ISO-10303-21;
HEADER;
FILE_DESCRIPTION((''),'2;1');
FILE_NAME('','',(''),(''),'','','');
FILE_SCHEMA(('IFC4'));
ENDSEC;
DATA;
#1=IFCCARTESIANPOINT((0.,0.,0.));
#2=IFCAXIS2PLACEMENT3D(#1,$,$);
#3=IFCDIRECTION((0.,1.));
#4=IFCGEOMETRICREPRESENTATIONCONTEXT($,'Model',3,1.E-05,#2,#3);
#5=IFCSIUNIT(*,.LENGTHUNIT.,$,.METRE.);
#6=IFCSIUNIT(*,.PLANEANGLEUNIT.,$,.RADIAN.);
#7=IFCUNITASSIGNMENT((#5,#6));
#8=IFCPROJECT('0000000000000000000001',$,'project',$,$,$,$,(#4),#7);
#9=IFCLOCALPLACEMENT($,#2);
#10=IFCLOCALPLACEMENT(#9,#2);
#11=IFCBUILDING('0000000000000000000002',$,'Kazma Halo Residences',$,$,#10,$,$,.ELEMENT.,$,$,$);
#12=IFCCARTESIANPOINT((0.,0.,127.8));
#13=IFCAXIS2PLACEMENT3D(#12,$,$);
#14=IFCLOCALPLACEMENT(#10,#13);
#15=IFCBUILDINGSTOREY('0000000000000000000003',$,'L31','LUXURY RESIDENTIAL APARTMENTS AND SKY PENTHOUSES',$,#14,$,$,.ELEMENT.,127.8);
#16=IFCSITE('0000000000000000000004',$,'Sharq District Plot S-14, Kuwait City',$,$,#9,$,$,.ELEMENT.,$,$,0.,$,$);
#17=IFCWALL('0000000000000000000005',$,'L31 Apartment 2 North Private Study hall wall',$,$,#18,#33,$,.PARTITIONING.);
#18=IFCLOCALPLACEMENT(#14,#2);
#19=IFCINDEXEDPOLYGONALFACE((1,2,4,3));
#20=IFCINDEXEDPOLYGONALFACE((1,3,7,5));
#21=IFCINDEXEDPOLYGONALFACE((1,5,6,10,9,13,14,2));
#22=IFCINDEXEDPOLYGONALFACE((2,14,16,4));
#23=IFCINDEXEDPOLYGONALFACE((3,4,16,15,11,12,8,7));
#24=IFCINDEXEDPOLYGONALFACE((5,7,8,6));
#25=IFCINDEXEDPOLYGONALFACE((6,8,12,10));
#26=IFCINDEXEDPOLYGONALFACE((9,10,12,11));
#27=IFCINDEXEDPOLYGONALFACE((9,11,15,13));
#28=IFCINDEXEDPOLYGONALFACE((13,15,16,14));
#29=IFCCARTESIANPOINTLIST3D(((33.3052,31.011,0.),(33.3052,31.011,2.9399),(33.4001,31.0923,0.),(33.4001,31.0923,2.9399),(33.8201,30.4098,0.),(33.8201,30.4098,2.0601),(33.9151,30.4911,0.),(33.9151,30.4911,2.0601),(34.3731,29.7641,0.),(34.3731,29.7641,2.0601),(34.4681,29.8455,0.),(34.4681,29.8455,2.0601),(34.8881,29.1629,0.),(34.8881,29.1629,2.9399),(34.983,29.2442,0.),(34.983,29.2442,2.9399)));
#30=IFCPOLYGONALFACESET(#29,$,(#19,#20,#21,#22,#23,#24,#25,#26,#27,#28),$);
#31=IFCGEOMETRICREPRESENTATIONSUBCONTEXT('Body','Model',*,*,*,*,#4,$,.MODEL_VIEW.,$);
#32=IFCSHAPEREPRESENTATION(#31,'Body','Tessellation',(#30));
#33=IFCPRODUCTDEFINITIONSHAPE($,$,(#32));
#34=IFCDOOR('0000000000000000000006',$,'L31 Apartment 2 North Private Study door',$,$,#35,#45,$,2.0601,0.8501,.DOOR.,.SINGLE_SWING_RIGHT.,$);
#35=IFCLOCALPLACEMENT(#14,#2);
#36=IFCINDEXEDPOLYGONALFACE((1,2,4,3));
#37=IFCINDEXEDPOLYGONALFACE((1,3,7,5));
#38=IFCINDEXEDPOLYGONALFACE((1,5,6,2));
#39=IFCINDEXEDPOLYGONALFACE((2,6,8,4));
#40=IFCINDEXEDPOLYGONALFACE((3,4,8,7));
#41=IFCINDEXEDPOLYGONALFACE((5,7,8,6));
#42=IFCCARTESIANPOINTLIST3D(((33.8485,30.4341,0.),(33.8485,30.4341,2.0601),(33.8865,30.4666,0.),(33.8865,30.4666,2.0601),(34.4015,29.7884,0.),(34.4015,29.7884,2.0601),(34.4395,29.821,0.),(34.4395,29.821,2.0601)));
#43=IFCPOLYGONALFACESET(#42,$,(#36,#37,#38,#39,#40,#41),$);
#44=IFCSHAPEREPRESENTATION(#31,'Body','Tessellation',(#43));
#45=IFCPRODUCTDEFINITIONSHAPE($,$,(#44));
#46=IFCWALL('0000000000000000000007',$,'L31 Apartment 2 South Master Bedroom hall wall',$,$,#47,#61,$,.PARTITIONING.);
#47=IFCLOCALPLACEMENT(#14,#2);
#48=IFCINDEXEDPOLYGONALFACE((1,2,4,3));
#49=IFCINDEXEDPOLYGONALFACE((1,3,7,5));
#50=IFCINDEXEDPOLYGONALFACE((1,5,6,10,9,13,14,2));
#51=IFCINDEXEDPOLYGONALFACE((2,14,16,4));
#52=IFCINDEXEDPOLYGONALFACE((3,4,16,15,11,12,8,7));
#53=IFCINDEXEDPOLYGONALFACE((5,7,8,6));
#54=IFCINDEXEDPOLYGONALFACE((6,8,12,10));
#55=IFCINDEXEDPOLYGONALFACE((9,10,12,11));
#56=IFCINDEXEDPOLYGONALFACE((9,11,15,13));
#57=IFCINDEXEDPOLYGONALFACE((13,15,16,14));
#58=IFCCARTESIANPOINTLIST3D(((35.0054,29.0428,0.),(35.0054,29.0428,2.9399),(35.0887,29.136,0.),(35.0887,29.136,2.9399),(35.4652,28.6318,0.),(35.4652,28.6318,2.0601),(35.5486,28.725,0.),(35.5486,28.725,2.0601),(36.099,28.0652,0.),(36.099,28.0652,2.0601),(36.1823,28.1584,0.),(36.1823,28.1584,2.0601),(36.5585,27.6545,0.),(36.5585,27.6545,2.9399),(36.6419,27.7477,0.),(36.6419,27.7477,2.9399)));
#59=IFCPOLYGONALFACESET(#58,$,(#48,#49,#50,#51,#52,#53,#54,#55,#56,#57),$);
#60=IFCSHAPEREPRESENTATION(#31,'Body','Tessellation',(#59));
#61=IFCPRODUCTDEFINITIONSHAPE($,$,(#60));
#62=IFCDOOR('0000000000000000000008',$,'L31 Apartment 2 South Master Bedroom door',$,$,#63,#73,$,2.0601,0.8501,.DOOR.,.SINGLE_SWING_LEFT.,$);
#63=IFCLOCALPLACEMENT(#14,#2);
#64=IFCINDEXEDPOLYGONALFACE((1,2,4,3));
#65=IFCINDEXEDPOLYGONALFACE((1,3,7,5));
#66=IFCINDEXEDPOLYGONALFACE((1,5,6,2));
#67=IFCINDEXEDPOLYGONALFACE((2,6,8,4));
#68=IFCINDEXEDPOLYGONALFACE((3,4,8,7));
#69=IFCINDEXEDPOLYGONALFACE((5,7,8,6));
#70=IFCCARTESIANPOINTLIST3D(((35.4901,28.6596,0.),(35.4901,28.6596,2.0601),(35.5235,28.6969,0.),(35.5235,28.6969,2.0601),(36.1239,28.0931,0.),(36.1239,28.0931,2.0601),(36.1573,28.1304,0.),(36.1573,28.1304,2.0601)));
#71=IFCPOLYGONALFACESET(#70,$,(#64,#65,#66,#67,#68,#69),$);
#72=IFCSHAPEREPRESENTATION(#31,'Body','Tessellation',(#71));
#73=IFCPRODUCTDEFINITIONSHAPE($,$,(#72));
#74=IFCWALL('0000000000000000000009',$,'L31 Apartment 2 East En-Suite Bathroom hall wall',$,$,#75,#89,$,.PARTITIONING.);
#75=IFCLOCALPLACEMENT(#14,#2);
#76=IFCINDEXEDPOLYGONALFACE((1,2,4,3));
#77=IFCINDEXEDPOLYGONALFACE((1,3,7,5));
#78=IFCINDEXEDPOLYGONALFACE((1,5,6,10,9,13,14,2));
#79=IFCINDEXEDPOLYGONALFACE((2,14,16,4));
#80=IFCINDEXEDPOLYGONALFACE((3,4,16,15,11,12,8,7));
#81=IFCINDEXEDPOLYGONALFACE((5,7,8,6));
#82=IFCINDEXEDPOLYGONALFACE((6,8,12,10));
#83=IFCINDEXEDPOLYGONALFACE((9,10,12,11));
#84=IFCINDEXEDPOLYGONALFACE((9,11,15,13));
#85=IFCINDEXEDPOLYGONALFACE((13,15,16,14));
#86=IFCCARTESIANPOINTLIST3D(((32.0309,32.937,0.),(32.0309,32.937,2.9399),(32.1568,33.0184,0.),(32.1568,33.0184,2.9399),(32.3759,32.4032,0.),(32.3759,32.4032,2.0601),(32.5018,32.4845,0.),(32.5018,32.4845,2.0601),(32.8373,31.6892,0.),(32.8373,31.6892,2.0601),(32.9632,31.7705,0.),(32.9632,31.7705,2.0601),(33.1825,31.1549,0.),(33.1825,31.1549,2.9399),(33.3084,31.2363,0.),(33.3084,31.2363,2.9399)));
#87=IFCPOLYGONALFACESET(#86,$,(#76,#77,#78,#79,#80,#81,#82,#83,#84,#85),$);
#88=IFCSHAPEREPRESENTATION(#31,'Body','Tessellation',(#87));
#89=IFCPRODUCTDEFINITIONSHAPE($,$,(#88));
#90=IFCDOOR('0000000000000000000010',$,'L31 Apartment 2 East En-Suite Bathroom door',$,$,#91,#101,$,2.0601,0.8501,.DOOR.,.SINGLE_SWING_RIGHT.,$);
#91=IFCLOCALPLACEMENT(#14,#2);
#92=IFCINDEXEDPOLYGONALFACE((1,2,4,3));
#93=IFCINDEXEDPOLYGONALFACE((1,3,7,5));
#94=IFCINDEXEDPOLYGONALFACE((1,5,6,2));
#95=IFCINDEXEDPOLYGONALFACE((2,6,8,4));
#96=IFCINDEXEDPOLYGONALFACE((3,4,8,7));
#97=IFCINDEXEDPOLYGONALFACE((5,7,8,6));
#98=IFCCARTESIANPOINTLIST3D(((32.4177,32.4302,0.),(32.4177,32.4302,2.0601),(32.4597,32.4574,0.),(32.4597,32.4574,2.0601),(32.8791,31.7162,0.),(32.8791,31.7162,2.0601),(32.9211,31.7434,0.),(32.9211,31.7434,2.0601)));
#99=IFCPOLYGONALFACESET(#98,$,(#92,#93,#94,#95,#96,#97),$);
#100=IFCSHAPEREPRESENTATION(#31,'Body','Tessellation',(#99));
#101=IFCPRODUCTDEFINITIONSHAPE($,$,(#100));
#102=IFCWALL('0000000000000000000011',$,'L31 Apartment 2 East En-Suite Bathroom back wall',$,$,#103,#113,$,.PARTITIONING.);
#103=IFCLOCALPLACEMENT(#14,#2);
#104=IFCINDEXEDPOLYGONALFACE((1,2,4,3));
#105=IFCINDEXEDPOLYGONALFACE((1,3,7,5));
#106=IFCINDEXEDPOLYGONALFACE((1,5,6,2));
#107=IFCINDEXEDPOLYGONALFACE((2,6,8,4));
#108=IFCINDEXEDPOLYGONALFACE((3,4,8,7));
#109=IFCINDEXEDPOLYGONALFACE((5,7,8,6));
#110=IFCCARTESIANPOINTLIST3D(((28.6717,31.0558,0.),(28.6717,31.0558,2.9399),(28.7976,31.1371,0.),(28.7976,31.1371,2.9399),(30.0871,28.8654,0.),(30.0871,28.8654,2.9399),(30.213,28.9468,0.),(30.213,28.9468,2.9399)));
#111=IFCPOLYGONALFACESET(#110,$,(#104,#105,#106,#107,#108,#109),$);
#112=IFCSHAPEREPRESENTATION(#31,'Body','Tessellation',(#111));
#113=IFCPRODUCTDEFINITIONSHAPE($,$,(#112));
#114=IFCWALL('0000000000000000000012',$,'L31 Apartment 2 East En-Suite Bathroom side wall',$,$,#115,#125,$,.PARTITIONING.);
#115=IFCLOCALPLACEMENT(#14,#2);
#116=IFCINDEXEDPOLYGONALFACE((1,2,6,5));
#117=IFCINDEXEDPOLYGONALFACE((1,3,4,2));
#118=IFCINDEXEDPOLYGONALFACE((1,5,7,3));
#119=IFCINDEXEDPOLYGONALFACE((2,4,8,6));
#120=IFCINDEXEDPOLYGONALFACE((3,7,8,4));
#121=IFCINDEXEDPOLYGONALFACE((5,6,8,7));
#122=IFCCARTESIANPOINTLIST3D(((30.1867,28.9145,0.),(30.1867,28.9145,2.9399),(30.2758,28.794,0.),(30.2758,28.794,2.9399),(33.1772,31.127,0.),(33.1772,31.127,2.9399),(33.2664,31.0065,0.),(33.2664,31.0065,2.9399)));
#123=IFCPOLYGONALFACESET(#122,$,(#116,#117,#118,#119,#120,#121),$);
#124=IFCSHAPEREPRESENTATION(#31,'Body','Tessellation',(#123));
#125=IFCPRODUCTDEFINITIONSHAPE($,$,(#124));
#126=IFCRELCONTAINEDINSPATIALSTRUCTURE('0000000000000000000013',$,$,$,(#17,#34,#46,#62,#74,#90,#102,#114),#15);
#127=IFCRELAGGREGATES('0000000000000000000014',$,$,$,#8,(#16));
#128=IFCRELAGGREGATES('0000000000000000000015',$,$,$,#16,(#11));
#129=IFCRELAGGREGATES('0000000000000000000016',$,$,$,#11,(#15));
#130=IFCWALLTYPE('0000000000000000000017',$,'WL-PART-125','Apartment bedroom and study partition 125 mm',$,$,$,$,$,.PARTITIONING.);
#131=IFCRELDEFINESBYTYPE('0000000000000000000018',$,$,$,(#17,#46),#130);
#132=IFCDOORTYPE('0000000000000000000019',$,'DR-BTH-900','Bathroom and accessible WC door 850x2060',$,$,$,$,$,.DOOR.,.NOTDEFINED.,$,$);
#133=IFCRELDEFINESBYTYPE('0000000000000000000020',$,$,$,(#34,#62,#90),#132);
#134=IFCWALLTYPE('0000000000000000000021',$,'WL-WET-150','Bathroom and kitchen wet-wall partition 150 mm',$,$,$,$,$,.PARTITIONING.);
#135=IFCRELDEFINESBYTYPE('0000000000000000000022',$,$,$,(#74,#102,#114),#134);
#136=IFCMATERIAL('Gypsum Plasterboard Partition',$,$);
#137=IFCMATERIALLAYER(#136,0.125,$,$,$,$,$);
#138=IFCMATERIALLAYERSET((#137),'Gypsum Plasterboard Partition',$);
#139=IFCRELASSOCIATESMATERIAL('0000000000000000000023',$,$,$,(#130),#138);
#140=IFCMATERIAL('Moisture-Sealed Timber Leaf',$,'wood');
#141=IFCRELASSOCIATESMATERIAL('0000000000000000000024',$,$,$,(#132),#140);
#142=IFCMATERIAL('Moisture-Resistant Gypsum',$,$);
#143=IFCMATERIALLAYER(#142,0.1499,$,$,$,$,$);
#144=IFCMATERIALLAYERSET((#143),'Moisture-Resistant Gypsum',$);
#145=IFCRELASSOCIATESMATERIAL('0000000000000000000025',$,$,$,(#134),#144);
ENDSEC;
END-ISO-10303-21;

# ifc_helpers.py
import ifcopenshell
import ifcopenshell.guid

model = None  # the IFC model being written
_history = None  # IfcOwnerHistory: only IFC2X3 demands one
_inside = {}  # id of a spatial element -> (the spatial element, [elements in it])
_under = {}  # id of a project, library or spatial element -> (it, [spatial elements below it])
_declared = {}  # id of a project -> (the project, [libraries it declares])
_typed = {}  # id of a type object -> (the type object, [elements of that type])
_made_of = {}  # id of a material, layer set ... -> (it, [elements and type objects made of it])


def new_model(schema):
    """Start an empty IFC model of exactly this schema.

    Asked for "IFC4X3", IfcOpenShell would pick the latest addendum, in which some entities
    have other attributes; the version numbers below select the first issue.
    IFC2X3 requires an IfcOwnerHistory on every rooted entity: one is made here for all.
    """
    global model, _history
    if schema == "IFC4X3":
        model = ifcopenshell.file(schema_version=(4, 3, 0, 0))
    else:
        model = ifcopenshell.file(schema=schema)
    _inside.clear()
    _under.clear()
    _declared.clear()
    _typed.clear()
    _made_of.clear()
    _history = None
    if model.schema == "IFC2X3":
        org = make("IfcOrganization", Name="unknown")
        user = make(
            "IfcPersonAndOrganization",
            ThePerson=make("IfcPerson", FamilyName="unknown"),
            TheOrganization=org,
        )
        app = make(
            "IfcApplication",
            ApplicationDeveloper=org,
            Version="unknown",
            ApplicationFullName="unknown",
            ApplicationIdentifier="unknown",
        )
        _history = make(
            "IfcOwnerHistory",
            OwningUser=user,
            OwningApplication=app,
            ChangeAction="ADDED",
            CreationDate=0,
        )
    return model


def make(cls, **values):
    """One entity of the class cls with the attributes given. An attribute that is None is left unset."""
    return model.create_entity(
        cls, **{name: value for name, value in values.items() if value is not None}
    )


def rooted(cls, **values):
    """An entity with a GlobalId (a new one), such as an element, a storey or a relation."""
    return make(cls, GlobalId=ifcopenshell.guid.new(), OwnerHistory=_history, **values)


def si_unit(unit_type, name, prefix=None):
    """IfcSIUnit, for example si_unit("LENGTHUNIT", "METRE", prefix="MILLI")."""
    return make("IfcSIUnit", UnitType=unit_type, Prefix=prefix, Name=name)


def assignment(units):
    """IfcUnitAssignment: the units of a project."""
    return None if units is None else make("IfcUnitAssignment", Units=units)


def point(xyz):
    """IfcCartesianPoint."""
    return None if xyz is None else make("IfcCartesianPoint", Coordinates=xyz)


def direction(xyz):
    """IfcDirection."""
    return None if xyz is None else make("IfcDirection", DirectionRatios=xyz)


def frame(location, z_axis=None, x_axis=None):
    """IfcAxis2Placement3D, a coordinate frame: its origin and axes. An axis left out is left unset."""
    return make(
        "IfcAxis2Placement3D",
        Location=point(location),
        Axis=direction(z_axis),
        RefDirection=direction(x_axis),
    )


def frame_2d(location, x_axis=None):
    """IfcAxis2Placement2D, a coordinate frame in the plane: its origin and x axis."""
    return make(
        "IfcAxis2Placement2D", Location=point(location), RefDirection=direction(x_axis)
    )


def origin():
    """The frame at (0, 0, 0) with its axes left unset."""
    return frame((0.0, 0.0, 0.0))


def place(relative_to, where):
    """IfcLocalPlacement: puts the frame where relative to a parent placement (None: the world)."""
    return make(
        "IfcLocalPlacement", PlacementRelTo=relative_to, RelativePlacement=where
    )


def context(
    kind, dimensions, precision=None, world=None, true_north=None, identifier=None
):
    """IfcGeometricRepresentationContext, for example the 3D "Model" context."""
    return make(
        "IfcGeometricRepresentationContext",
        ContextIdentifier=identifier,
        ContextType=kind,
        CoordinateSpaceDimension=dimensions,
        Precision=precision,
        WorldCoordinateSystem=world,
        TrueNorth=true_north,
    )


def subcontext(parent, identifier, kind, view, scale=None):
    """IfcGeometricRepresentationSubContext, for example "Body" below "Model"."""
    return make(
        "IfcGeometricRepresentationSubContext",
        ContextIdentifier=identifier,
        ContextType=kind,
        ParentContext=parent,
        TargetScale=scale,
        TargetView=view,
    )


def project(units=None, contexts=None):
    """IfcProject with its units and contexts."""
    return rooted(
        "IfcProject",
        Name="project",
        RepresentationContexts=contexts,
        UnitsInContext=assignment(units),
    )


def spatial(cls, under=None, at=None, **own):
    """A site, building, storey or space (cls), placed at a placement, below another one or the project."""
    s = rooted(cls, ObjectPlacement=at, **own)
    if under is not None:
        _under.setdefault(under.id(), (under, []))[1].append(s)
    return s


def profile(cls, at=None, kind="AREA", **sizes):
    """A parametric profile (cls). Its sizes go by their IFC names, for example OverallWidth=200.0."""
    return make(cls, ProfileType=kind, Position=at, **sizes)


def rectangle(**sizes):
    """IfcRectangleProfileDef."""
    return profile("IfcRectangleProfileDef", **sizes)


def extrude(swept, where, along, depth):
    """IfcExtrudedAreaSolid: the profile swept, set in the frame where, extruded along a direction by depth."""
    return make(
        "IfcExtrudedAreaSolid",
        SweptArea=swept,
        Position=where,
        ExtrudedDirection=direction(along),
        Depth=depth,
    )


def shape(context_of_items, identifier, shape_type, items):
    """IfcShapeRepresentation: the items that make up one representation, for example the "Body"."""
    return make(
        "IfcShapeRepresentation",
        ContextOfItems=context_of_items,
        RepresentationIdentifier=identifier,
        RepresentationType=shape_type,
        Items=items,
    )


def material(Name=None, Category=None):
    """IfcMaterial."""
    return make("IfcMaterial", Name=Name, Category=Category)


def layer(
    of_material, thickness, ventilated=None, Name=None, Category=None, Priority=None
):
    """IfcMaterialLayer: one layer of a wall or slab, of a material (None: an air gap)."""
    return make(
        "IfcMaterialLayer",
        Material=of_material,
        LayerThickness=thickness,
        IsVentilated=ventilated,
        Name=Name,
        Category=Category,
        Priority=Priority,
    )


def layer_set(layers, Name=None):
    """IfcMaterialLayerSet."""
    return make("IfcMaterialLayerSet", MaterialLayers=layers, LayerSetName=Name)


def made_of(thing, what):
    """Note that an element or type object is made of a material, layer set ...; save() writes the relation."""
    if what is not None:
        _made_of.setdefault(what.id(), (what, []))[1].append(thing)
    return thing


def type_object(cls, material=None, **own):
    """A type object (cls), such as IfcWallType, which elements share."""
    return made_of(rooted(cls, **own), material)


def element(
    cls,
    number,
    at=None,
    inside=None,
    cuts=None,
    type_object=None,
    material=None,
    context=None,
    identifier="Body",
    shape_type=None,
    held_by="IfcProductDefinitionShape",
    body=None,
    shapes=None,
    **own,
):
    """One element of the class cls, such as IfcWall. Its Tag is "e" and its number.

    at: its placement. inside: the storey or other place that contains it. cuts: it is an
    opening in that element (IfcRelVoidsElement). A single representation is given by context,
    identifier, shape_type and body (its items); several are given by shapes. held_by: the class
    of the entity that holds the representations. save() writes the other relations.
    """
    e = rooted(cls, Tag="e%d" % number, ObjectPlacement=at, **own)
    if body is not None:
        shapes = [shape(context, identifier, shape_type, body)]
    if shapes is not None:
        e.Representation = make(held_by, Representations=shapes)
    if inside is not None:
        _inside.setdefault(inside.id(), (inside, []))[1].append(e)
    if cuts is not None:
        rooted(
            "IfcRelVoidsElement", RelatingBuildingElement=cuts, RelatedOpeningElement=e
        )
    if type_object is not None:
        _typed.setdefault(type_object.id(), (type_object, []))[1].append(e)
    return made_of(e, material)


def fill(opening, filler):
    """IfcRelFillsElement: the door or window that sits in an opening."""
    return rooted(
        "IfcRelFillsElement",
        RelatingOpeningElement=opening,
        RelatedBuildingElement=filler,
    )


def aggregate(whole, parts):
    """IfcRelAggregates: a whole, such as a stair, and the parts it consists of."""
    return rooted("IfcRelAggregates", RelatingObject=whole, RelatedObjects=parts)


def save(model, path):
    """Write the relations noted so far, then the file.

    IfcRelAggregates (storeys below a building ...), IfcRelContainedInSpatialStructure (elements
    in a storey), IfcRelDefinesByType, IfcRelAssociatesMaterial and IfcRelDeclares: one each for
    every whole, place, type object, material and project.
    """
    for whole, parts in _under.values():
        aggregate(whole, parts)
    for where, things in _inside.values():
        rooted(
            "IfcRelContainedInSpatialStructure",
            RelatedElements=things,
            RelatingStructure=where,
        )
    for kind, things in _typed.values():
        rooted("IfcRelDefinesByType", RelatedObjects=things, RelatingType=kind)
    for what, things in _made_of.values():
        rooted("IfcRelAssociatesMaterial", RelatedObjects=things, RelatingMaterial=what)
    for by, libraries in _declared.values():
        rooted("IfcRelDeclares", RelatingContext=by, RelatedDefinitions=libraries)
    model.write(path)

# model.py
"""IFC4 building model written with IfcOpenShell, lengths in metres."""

from ifc_helpers import new_model, si_unit, direction, frame, frame_2d, origin, place, context, subcontext, project, spatial, rectangle, extrude, material, layer, layer_set, type_object, element, fill, save


model = new_model("IFC4")

# Units and contexts
model_context = context("Model", 3, precision=1e-05, world=origin(), true_north=direction((0.0, 1.0)))
body_context = subcontext(model_context, "Body", "Model", "MODEL_VIEW")
ifc_project = project(units=[si_unit("LENGTHUNIT", "METRE"), si_unit("PLANEANGLEUNIT", "RADIAN")], contexts=[model_context])

# Site, building, storey
site_placement = place(None, origin())
site = spatial("IfcSite", under=ifc_project, at=site_placement, Name="Sharq District Plot S-14, Kuwait City", CompositionType="ELEMENT", RefElevation=0.0)
building_placement = place(site_placement, origin())
building = spatial("IfcBuilding", under=site, at=building_placement, Name="Kazma Halo Residences", CompositionType="ELEMENT")
storey_placement = place(building_placement, frame((0.0, 0.0, 127.8)))
storey = spatial("IfcBuildingStorey", under=building, at=storey_placement, Name="L31", Description="LUXURY RESIDENTIAL APARTMENTS AND SKY PENTHOUSES", CompositionType="ELEMENT", Elevation=127.8)

# Shared definitions
ifc_material_1 = material(Name="Gypsum Plasterboard Partition")
ifc_layer_1 = layer(ifc_material_1, 0.125)
ifc_layer_set_1 = layer_set([ifc_layer_1], Name="Gypsum Plasterboard Partition")
wall_type_1 = type_object("IfcWallType", Name="WL-PART-125", Description="Apartment bedroom and study partition 125 mm", PredefinedType="PARTITIONING", material=ifc_layer_set_1)

# Walls, openings, doors
wall_1_placement = place(storey_placement, frame((33.3525, 31.0518, 0.0), z_axis=(0.0, 0.0, 1.0), x_axis=(0.650527, -0.759483, 0.0)))
wall_1 = element("IfcWall", 1, at=wall_1_placement, inside=storey, type_object=wall_type_1, Name="L31 Apartment 2 North Private Study hall wall", PredefinedType="PARTITIONING", context=body_context, shape_type="SweptSolid", body=[
    extrude(rectangle(XDim=2.4333, YDim=0.125, at=frame_2d((1.2168, 0.0))), origin(), (0.0, 0.0, 1.0), 2.9399),
])
opening_1_placement = place(wall_1_placement, frame((0.7917, 0.0, 0.0)))
opening_1 = element("IfcOpeningElement", 2, at=opening_1_placement, cuts=wall_1, PredefinedType="OPENING", context=body_context, shape_type="SweptSolid", body=[
    extrude(rectangle(XDim=0.8501, YDim=2.0601, at=frame_2d((0.425, 1.03))), frame((0.0, 0.0725, 0.0), z_axis=(0.0, -1.0, 0.0), x_axis=(1.0, 0.0, 0.0)), (0.0, 0.0, 1.0), 0.145),
])
ifc_material_2 = material(Name="Moisture-Sealed Timber Leaf", Category="wood")
door_type_1 = type_object("IfcDoorType", Name="DR-BTH-900", Description="Bathroom and accessible WC door 850x2060", OperationType="NOTDEFINED", PredefinedType="DOOR", material=ifc_material_2)
door_1_placement = place(opening_1_placement, origin())
door_1 = element("IfcDoor", 3, at=door_1_placement, inside=storey, type_object=door_type_1, Name="L31 Apartment 2 North Private Study door", OperationType="SINGLE_SWING_RIGHT", OverallHeight=2.0601, OverallWidth=0.8501, PredefinedType="DOOR", context=body_context, shape_type="SweptSolid", body=[
    extrude(rectangle(XDim=0.8501, YDim=2.0601, at=frame_2d((0.425, 1.03))), frame((0.0, 0.0249, 0.0), z_axis=(0.0, -1.0, 0.0), x_axis=(1.0, 0.0, 0.0)), (0.0, 0.0, 1.0), 0.05),
])
fill(opening_1, door_1)
wall_2_placement = place(storey_placement, frame((35.0471, 29.0894, 0.0), z_axis=(0.0, 0.0, 1.0), x_axis=(0.745551, -0.666449, 0.0)))
wall_2 = element("IfcWall", 4, at=wall_2_placement, inside=storey, type_object=wall_type_1, Name="L31 Apartment 2 South Master Bedroom hall wall", PredefinedType="PARTITIONING", context=body_context, shape_type="SweptSolid", body=[
    extrude(rectangle(XDim=2.0833, YDim=0.125, at=frame_2d((1.0415, 0.0))), origin(), (0.0, 0.0, 1.0), 2.9399),
])
opening_2_placement = place(wall_2_placement, frame((0.6167, 0.0, 0.0)))
opening_2 = element("IfcOpeningElement", 5, at=opening_2_placement, cuts=wall_2, PredefinedType="OPENING", context=body_context, shape_type="SweptSolid", body=[
    extrude(rectangle(XDim=0.8501, YDim=2.0601, at=frame_2d((0.425, 1.03))), frame((0.0, 0.0725, 0.0), z_axis=(0.0, -1.0, 0.0), x_axis=(1.0, 0.0, 0.0)), (0.0, 0.0, 1.0), 0.145),
])
door_2_placement = place(opening_2_placement, origin())
door_2 = element("IfcDoor", 6, at=door_2_placement, inside=storey, type_object=door_type_1, Name="L31 Apartment 2 South Master Bedroom door", OperationType="SINGLE_SWING_LEFT", OverallHeight=2.0601, OverallWidth=0.8501, PredefinedType="DOOR", context=body_context, shape_type="SweptSolid", body=[
    extrude(rectangle(XDim=0.8501, YDim=2.0601, at=frame_2d((0.425, 1.03))), frame((0.0, 0.0249, 0.0), z_axis=(0.0, -1.0, 0.0), x_axis=(1.0, 0.0, 0.0)), (0.0, 0.0, 1.0), 0.05),
])
fill(opening_2, door_2)
ifc_material_3 = material(Name="Moisture-Resistant Gypsum")
ifc_layer_2 = layer(ifc_material_3, 0.1499)
ifc_layer_set_2 = layer_set([ifc_layer_2], Name="Moisture-Resistant Gypsum")
wall_type_2 = type_object("IfcWallType", Name="WL-WET-150", Description="Bathroom and kitchen wet-wall partition 150 mm", PredefinedType="PARTITIONING", material=ifc_layer_set_2)
wall_3_placement = place(storey_placement, frame((32.0938, 32.9778, 0.0), z_axis=(0.0, 0.0, 1.0), x_axis=(0.542774, -0.839879, 0.0)))
wall_3 = element("IfcWall", 7, at=wall_3_placement, inside=storey, type_object=wall_type_2, Name="L31 Apartment 2 East En-Suite Bathroom hall wall", PredefinedType="PARTITIONING", context=body_context, shape_type="SweptSolid", body=[
    extrude(rectangle(XDim=2.1218, YDim=0.1499, at=frame_2d((1.061, 0.0))), origin(), (0.0, 0.0, 1.0), 2.9399),
])
opening_3_placement = place(wall_3_placement, frame((0.6357, 0.0, 0.0)))
opening_3 = element("IfcOpeningElement", 8, at=opening_3_placement, cuts=wall_3, PredefinedType="OPENING", context=body_context, shape_type="SweptSolid", body=[
    extrude(rectangle(XDim=0.8501, YDim=2.0601, at=frame_2d((0.425, 1.03))), frame((0.0, 0.085, 0.0), z_axis=(0.0, -1.0, 0.0), x_axis=(1.0, 0.0, 0.0)), (0.0, 0.0, 1.0), 0.1699),
])
door_3_placement = place(opening_3_placement, origin())
door_3 = element("IfcDoor", 9, at=door_3_placement, inside=storey, type_object=door_type_1, Name="L31 Apartment 2 East En-Suite Bathroom door", OperationType="SINGLE_SWING_RIGHT", OverallHeight=2.0601, OverallWidth=0.8501, PredefinedType="DOOR", context=body_context, shape_type="SweptSolid", body=[
    extrude(rectangle(XDim=0.8501, YDim=2.0601, at=frame_2d((0.425, 1.03))), frame((0.0, 0.0249, 0.0), z_axis=(0.0, -1.0, 0.0), x_axis=(1.0, 0.0, 0.0)), (0.0, 0.0, 1.0), 0.05),
])
fill(opening_3, door_3)

# Walls
wall_4_placement = place(storey_placement, frame((28.7346, 31.0964, 0.0), z_axis=(0.0, 0.0, 1.0), x_axis=(0.542762, -0.839886, 0.0)))
element("IfcWall", 10, at=wall_4_placement, inside=storey, type_object=wall_type_2, Name="L31 Apartment 2 East En-Suite Bathroom back wall", PredefinedType="PARTITIONING", context=body_context, shape_type="SweptSolid", body=[
    extrude(rectangle(XDim=2.6079, YDim=0.1499, at=frame_2d((1.304, 0.0))), origin(), (0.0, 0.0, 1.0), 2.9399),
])
wall_5_placement = place(storey_placement, frame((33.2217, 31.0667, 0.0), z_axis=(0.0, 0.0, 1.0), x_axis=(-0.803913, -0.594747, 0.0)))
element("IfcWall", 11, at=wall_5_placement, inside=storey, type_object=wall_type_2, Name="L31 Apartment 2 East En-Suite Bathroom side wall", PredefinedType="PARTITIONING", context=body_context, shape_type="SweptSolid", body=[
    extrude(rectangle(XDim=3.72, YDim=0.1499, at=frame_2d((1.8599, 0.0))), origin(), (0.0, 0.0, 1.0), 2.9399),
])

save(model, "model.ifc")
